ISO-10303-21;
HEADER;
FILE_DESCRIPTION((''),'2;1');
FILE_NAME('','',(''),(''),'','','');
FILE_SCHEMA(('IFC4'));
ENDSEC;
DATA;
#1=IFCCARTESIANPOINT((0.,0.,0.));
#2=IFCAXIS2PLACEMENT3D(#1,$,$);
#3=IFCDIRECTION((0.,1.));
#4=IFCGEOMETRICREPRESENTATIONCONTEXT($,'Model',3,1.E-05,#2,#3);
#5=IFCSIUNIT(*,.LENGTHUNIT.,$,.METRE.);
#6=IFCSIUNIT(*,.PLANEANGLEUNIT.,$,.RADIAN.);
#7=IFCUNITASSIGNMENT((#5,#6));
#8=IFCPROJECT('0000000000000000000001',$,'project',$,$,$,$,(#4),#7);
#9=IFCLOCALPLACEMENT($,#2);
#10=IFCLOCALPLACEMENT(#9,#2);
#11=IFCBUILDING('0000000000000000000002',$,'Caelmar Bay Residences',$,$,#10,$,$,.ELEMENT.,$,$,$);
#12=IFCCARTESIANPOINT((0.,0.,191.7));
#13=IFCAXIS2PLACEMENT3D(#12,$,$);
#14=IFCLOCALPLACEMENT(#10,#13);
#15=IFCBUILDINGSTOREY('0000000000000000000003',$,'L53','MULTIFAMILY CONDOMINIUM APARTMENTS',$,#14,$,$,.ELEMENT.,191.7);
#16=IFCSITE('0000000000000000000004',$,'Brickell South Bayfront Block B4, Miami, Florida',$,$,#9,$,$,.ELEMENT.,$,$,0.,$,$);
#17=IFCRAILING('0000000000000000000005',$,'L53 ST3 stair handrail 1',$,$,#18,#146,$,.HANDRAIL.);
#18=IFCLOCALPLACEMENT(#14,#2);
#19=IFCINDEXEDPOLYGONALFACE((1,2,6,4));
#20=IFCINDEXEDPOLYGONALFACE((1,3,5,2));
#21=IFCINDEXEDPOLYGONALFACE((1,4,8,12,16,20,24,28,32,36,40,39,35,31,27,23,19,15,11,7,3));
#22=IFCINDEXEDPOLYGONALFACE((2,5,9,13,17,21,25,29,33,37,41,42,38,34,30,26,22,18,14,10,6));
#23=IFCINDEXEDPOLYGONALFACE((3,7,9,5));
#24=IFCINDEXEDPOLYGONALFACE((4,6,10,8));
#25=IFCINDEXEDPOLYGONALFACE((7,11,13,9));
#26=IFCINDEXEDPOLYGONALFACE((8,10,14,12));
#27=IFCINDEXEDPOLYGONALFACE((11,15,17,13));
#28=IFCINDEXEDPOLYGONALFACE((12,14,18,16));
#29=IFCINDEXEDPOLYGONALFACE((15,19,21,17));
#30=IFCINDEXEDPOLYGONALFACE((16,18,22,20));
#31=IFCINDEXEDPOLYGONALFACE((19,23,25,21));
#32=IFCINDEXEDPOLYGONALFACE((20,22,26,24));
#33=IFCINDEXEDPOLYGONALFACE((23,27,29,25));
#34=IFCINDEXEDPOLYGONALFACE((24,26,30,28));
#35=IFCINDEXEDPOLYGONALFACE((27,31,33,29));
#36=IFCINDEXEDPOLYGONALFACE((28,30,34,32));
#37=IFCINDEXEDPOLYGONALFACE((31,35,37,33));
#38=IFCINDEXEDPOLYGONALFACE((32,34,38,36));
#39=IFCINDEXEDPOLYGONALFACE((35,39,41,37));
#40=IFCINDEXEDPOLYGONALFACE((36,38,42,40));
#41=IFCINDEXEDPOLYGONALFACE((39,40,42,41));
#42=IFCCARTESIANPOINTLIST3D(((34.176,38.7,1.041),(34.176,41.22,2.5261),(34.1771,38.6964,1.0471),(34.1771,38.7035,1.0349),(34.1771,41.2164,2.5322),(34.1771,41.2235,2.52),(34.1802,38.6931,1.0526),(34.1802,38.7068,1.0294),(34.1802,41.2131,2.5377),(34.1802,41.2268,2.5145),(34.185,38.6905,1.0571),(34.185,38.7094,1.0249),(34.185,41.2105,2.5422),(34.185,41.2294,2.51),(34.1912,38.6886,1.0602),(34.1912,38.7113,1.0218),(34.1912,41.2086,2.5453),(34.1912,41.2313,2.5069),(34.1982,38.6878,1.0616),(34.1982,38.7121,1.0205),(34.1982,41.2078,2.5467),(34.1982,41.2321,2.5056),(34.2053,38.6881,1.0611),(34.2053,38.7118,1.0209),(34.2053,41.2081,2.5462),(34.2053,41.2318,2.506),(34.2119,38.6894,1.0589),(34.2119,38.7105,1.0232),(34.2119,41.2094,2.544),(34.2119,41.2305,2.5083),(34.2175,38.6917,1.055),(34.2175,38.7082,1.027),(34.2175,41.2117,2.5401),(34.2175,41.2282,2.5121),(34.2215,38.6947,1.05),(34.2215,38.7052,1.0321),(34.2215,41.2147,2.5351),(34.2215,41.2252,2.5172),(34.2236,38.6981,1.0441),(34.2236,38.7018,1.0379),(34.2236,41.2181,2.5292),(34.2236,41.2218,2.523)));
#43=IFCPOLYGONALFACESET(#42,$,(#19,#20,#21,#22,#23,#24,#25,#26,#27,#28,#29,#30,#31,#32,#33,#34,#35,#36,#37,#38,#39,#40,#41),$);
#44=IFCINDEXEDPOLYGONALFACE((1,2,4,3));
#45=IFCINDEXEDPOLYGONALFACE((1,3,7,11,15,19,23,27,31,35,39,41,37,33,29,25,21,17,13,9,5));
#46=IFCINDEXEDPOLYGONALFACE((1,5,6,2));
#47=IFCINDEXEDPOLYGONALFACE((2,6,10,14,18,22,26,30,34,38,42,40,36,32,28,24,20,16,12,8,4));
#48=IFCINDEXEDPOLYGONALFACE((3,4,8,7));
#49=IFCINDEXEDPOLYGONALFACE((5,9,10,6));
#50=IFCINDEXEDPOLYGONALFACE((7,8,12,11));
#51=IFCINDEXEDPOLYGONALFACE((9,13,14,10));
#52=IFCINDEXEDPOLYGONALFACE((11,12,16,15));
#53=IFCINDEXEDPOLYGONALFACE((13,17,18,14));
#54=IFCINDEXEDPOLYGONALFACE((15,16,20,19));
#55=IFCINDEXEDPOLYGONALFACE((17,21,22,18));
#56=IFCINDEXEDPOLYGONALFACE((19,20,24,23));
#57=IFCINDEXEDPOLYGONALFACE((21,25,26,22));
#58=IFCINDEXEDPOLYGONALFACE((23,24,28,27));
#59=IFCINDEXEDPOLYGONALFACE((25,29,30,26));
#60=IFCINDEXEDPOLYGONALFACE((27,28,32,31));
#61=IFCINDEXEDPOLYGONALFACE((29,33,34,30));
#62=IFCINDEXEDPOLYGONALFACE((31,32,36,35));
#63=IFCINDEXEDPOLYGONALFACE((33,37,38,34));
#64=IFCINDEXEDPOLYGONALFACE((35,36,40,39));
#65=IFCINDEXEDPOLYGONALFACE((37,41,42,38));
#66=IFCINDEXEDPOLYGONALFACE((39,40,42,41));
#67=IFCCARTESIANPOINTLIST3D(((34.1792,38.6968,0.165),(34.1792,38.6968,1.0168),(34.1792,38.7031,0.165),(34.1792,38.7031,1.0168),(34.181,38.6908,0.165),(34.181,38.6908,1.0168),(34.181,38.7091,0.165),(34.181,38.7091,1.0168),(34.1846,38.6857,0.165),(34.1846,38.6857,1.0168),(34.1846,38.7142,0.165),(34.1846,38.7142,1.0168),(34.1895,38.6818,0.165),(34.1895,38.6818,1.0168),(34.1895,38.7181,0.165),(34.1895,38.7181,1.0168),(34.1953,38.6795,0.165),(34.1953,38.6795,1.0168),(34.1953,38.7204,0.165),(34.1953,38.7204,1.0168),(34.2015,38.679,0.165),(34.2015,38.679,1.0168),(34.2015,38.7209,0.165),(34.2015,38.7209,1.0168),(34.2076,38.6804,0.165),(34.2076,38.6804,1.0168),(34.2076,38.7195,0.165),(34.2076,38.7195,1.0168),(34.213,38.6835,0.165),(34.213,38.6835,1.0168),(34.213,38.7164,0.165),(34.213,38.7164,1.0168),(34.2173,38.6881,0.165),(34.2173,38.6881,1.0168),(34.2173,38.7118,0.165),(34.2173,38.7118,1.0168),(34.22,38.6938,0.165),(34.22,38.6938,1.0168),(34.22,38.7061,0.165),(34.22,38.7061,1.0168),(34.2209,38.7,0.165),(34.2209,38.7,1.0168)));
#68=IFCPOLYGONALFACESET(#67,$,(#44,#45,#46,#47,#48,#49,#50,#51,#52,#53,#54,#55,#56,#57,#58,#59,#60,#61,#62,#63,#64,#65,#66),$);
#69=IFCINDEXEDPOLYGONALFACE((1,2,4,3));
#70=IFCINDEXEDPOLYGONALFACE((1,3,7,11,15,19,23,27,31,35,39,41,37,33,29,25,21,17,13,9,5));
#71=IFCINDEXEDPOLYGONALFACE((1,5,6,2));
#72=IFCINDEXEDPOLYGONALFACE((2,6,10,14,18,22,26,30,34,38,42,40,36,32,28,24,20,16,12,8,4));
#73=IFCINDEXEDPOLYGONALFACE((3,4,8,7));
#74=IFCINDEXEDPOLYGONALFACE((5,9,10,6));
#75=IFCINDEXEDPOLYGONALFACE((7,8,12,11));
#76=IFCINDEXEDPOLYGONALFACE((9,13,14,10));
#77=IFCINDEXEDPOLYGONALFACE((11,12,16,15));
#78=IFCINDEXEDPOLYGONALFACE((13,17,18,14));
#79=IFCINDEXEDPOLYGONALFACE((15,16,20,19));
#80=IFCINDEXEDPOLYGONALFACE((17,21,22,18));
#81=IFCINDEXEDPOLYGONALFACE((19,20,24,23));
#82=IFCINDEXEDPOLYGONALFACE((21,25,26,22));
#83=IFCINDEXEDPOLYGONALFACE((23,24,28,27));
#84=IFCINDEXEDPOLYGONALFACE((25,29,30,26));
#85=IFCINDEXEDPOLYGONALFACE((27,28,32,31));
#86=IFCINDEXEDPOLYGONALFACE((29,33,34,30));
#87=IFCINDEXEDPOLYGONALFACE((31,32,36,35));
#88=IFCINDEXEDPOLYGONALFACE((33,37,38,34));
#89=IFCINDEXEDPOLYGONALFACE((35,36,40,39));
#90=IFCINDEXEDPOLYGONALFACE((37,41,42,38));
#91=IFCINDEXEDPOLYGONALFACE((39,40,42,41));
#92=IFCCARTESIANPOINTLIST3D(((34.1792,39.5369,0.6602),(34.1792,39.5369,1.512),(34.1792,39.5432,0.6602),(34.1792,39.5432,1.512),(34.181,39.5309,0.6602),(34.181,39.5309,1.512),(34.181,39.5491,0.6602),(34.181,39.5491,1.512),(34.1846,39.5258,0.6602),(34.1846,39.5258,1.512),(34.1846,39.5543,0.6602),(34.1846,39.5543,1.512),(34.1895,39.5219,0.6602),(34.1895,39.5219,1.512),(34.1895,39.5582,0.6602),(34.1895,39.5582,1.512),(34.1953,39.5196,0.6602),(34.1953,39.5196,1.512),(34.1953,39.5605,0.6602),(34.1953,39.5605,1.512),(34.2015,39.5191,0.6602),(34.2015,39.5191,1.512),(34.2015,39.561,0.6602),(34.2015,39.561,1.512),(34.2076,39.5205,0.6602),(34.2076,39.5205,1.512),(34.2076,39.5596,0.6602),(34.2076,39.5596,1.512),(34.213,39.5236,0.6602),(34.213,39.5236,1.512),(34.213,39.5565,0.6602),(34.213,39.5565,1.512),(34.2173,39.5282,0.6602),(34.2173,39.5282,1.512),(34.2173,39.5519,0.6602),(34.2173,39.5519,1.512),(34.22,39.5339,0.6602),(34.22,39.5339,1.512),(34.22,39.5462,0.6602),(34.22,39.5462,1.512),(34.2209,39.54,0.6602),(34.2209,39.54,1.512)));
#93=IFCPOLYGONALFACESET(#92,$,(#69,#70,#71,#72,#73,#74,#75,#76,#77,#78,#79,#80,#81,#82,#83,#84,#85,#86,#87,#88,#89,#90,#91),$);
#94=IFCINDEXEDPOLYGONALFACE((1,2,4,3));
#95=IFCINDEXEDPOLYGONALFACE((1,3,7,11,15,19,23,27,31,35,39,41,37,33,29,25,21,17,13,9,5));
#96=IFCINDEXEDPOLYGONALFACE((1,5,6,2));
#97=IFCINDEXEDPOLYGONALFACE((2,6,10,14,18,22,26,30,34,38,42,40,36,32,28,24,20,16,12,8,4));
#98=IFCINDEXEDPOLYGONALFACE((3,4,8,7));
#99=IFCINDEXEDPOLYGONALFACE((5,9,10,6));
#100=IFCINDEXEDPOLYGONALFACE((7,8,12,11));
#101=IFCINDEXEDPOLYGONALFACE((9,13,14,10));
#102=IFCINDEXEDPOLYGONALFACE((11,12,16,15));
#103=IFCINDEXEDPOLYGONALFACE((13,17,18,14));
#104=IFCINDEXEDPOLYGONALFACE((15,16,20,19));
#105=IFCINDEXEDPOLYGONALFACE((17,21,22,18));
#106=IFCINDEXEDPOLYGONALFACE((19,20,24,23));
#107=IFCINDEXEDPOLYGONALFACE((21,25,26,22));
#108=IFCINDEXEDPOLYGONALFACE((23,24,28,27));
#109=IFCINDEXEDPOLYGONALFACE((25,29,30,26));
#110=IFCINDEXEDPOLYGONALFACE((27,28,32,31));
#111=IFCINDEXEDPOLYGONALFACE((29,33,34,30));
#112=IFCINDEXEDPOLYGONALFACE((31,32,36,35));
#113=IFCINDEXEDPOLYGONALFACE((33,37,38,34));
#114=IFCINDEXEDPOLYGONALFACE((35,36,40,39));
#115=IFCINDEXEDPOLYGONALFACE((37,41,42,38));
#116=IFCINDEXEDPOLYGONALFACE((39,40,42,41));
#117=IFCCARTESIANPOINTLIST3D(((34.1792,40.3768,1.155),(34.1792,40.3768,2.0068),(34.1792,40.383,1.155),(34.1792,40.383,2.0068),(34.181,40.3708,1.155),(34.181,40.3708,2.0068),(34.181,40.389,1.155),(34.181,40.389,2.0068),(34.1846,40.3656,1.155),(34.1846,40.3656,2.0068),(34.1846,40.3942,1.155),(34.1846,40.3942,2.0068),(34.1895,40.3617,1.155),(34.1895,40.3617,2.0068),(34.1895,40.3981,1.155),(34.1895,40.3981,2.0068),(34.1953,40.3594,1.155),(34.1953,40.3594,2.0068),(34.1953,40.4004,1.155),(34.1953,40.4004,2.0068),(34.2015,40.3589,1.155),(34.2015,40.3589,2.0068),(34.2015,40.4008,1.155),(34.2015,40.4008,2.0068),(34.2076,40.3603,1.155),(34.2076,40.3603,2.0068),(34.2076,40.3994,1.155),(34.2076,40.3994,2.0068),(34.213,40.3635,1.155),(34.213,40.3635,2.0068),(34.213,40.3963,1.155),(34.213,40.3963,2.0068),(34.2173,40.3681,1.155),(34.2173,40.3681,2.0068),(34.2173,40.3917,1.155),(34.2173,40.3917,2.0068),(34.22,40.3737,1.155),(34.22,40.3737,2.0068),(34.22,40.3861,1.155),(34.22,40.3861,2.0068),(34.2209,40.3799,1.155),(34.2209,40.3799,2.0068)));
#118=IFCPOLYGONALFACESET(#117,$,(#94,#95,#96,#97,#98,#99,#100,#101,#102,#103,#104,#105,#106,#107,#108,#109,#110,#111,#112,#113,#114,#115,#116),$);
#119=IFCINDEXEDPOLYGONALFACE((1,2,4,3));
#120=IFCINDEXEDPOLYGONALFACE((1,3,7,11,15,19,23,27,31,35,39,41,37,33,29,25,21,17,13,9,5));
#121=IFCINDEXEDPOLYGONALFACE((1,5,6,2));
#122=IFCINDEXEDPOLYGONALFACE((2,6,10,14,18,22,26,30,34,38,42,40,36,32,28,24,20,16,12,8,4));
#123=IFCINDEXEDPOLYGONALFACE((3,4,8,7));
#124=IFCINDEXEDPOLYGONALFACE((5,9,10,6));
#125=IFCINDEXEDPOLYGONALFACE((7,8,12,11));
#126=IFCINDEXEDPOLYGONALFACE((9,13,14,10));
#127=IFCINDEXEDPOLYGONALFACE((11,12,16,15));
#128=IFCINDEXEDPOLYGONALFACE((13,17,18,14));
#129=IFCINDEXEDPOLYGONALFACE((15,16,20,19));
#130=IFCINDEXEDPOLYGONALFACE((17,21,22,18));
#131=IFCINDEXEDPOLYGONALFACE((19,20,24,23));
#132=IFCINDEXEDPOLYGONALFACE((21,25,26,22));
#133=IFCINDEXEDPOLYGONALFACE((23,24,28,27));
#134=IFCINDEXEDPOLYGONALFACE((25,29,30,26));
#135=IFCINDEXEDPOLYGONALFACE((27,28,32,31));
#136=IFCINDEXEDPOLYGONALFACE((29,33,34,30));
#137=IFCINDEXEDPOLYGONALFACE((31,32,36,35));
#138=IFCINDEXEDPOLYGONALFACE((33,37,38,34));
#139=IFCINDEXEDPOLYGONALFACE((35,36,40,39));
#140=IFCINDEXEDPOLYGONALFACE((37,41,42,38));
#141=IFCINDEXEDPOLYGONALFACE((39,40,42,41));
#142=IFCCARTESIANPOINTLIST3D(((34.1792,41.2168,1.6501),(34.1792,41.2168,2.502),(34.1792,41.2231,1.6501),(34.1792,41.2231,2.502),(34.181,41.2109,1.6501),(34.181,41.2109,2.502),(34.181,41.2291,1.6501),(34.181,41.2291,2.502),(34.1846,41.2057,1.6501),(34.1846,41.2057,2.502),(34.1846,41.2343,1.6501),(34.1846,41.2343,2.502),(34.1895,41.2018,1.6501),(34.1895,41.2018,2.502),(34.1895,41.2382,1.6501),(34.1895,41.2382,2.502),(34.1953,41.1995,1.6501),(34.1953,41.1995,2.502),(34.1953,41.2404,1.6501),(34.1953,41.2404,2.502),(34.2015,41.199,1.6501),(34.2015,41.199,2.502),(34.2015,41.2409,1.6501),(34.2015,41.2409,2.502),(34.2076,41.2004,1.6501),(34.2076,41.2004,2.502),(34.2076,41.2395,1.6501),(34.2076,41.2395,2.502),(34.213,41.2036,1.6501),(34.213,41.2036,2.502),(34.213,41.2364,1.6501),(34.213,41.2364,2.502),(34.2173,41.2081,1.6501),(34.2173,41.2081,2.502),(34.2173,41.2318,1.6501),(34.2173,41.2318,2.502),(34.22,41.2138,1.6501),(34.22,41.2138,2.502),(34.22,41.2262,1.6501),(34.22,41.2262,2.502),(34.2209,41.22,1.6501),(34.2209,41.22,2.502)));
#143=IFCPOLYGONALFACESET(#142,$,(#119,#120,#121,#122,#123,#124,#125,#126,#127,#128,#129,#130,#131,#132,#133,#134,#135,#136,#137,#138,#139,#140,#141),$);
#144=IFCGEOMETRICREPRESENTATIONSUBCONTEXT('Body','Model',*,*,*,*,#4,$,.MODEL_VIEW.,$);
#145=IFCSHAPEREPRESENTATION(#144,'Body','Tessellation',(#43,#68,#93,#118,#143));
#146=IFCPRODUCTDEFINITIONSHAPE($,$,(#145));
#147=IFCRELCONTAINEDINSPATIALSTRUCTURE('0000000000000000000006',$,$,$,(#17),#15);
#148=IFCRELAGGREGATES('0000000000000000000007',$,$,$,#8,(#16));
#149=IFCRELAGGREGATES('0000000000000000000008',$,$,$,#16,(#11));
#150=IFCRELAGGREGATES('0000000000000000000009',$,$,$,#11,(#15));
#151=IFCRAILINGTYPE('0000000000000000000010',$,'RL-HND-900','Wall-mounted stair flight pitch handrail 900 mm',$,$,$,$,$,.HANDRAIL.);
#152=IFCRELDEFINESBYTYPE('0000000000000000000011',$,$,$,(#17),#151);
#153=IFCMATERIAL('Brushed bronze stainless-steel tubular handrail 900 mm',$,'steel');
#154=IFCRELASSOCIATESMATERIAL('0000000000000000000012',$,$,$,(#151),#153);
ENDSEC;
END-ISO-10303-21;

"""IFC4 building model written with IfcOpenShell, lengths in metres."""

from ifc_helpers import new_model, si_unit, direction, frame, origin, origin_2d, place, context, subcontext, project, spatial, circle, extrude, material, type_object, element, save


model = new_model("IFC4")

# Units and contexts
model_context = context("Model", 3, precision=1e-05, world=origin(), true_north=direction((0.0, 1.0)))
body_context = subcontext(model_context, "Body", "Model", "MODEL_VIEW")
ifc_project = project(units=[si_unit("LENGTHUNIT", "METRE"), si_unit("PLANEANGLEUNIT", "RADIAN")], contexts=[model_context])

# Site, building, storey
site_placement = place(None, origin())
site = spatial("IfcSite", under=ifc_project, at=site_placement, Name="Brickell South Bayfront Block B4, Miami, Florida", CompositionType="ELEMENT", RefElevation=0.0)
building_placement = place(site_placement, origin())
building = spatial("IfcBuilding", under=site, at=building_placement, Name="Caelmar Bay Residences", CompositionType="ELEMENT")
storey_placement = place(building_placement, frame((0.0, 0.0, 191.7)))
storey = spatial("IfcBuildingStorey", under=building, at=storey_placement, Name="L53", Description="MULTIFAMILY CONDOMINIUM APARTMENTS", CompositionType="ELEMENT", Elevation=191.7)

# Railing
ifc_material_1 = material(Name="Brushed bronze stainless-steel tubular handrail 900 mm", Category="steel")
railing_type_1 = type_object("IfcRailingType", Name="RL-HND-900", Description="Wall-mounted stair flight pitch handrail 900 mm", PredefinedType="HANDRAIL", material=ifc_material_1)
railing_1_placement = place(storey_placement, frame((34.2, 38.7, 0.165)))
element("IfcRailing", 1, at=railing_1_placement, inside=storey, type_object=railing_type_1, Name="L53 ST3 stair handrail 1", PredefinedType="HANDRAIL", context=body_context, shape_type="SweptSolid", body=[
    extrude(circle(Radius=0.0239, at=origin_2d()), frame((0.0, 0.0, 0.876), z_axis=(0.0, 0.861524, 0.507717), x_axis=(-1.0, 0.0, 0.0)), (0.0, 0.0, 1.0), 2.925),
    extrude(circle(Radius=0.021, at=origin_2d()), origin(), (0.0, 0.0, 1.0), 0.8518),
    extrude(circle(Radius=0.021, at=origin_2d()), frame((0.0, 0.8401, 0.4951)), (0.0, 0.0, 1.0), 0.8518),
    extrude(circle(Radius=0.021, at=origin_2d()), frame((0.0, 1.6799, 0.99)), (0.0, 0.0, 1.0), 0.8518),
    extrude(circle(Radius=0.021, at=origin_2d()), frame((0.0, 2.52, 1.4851)), (0.0, 0.0, 1.0), 0.8518),
])

save(model, "model.ifc")
